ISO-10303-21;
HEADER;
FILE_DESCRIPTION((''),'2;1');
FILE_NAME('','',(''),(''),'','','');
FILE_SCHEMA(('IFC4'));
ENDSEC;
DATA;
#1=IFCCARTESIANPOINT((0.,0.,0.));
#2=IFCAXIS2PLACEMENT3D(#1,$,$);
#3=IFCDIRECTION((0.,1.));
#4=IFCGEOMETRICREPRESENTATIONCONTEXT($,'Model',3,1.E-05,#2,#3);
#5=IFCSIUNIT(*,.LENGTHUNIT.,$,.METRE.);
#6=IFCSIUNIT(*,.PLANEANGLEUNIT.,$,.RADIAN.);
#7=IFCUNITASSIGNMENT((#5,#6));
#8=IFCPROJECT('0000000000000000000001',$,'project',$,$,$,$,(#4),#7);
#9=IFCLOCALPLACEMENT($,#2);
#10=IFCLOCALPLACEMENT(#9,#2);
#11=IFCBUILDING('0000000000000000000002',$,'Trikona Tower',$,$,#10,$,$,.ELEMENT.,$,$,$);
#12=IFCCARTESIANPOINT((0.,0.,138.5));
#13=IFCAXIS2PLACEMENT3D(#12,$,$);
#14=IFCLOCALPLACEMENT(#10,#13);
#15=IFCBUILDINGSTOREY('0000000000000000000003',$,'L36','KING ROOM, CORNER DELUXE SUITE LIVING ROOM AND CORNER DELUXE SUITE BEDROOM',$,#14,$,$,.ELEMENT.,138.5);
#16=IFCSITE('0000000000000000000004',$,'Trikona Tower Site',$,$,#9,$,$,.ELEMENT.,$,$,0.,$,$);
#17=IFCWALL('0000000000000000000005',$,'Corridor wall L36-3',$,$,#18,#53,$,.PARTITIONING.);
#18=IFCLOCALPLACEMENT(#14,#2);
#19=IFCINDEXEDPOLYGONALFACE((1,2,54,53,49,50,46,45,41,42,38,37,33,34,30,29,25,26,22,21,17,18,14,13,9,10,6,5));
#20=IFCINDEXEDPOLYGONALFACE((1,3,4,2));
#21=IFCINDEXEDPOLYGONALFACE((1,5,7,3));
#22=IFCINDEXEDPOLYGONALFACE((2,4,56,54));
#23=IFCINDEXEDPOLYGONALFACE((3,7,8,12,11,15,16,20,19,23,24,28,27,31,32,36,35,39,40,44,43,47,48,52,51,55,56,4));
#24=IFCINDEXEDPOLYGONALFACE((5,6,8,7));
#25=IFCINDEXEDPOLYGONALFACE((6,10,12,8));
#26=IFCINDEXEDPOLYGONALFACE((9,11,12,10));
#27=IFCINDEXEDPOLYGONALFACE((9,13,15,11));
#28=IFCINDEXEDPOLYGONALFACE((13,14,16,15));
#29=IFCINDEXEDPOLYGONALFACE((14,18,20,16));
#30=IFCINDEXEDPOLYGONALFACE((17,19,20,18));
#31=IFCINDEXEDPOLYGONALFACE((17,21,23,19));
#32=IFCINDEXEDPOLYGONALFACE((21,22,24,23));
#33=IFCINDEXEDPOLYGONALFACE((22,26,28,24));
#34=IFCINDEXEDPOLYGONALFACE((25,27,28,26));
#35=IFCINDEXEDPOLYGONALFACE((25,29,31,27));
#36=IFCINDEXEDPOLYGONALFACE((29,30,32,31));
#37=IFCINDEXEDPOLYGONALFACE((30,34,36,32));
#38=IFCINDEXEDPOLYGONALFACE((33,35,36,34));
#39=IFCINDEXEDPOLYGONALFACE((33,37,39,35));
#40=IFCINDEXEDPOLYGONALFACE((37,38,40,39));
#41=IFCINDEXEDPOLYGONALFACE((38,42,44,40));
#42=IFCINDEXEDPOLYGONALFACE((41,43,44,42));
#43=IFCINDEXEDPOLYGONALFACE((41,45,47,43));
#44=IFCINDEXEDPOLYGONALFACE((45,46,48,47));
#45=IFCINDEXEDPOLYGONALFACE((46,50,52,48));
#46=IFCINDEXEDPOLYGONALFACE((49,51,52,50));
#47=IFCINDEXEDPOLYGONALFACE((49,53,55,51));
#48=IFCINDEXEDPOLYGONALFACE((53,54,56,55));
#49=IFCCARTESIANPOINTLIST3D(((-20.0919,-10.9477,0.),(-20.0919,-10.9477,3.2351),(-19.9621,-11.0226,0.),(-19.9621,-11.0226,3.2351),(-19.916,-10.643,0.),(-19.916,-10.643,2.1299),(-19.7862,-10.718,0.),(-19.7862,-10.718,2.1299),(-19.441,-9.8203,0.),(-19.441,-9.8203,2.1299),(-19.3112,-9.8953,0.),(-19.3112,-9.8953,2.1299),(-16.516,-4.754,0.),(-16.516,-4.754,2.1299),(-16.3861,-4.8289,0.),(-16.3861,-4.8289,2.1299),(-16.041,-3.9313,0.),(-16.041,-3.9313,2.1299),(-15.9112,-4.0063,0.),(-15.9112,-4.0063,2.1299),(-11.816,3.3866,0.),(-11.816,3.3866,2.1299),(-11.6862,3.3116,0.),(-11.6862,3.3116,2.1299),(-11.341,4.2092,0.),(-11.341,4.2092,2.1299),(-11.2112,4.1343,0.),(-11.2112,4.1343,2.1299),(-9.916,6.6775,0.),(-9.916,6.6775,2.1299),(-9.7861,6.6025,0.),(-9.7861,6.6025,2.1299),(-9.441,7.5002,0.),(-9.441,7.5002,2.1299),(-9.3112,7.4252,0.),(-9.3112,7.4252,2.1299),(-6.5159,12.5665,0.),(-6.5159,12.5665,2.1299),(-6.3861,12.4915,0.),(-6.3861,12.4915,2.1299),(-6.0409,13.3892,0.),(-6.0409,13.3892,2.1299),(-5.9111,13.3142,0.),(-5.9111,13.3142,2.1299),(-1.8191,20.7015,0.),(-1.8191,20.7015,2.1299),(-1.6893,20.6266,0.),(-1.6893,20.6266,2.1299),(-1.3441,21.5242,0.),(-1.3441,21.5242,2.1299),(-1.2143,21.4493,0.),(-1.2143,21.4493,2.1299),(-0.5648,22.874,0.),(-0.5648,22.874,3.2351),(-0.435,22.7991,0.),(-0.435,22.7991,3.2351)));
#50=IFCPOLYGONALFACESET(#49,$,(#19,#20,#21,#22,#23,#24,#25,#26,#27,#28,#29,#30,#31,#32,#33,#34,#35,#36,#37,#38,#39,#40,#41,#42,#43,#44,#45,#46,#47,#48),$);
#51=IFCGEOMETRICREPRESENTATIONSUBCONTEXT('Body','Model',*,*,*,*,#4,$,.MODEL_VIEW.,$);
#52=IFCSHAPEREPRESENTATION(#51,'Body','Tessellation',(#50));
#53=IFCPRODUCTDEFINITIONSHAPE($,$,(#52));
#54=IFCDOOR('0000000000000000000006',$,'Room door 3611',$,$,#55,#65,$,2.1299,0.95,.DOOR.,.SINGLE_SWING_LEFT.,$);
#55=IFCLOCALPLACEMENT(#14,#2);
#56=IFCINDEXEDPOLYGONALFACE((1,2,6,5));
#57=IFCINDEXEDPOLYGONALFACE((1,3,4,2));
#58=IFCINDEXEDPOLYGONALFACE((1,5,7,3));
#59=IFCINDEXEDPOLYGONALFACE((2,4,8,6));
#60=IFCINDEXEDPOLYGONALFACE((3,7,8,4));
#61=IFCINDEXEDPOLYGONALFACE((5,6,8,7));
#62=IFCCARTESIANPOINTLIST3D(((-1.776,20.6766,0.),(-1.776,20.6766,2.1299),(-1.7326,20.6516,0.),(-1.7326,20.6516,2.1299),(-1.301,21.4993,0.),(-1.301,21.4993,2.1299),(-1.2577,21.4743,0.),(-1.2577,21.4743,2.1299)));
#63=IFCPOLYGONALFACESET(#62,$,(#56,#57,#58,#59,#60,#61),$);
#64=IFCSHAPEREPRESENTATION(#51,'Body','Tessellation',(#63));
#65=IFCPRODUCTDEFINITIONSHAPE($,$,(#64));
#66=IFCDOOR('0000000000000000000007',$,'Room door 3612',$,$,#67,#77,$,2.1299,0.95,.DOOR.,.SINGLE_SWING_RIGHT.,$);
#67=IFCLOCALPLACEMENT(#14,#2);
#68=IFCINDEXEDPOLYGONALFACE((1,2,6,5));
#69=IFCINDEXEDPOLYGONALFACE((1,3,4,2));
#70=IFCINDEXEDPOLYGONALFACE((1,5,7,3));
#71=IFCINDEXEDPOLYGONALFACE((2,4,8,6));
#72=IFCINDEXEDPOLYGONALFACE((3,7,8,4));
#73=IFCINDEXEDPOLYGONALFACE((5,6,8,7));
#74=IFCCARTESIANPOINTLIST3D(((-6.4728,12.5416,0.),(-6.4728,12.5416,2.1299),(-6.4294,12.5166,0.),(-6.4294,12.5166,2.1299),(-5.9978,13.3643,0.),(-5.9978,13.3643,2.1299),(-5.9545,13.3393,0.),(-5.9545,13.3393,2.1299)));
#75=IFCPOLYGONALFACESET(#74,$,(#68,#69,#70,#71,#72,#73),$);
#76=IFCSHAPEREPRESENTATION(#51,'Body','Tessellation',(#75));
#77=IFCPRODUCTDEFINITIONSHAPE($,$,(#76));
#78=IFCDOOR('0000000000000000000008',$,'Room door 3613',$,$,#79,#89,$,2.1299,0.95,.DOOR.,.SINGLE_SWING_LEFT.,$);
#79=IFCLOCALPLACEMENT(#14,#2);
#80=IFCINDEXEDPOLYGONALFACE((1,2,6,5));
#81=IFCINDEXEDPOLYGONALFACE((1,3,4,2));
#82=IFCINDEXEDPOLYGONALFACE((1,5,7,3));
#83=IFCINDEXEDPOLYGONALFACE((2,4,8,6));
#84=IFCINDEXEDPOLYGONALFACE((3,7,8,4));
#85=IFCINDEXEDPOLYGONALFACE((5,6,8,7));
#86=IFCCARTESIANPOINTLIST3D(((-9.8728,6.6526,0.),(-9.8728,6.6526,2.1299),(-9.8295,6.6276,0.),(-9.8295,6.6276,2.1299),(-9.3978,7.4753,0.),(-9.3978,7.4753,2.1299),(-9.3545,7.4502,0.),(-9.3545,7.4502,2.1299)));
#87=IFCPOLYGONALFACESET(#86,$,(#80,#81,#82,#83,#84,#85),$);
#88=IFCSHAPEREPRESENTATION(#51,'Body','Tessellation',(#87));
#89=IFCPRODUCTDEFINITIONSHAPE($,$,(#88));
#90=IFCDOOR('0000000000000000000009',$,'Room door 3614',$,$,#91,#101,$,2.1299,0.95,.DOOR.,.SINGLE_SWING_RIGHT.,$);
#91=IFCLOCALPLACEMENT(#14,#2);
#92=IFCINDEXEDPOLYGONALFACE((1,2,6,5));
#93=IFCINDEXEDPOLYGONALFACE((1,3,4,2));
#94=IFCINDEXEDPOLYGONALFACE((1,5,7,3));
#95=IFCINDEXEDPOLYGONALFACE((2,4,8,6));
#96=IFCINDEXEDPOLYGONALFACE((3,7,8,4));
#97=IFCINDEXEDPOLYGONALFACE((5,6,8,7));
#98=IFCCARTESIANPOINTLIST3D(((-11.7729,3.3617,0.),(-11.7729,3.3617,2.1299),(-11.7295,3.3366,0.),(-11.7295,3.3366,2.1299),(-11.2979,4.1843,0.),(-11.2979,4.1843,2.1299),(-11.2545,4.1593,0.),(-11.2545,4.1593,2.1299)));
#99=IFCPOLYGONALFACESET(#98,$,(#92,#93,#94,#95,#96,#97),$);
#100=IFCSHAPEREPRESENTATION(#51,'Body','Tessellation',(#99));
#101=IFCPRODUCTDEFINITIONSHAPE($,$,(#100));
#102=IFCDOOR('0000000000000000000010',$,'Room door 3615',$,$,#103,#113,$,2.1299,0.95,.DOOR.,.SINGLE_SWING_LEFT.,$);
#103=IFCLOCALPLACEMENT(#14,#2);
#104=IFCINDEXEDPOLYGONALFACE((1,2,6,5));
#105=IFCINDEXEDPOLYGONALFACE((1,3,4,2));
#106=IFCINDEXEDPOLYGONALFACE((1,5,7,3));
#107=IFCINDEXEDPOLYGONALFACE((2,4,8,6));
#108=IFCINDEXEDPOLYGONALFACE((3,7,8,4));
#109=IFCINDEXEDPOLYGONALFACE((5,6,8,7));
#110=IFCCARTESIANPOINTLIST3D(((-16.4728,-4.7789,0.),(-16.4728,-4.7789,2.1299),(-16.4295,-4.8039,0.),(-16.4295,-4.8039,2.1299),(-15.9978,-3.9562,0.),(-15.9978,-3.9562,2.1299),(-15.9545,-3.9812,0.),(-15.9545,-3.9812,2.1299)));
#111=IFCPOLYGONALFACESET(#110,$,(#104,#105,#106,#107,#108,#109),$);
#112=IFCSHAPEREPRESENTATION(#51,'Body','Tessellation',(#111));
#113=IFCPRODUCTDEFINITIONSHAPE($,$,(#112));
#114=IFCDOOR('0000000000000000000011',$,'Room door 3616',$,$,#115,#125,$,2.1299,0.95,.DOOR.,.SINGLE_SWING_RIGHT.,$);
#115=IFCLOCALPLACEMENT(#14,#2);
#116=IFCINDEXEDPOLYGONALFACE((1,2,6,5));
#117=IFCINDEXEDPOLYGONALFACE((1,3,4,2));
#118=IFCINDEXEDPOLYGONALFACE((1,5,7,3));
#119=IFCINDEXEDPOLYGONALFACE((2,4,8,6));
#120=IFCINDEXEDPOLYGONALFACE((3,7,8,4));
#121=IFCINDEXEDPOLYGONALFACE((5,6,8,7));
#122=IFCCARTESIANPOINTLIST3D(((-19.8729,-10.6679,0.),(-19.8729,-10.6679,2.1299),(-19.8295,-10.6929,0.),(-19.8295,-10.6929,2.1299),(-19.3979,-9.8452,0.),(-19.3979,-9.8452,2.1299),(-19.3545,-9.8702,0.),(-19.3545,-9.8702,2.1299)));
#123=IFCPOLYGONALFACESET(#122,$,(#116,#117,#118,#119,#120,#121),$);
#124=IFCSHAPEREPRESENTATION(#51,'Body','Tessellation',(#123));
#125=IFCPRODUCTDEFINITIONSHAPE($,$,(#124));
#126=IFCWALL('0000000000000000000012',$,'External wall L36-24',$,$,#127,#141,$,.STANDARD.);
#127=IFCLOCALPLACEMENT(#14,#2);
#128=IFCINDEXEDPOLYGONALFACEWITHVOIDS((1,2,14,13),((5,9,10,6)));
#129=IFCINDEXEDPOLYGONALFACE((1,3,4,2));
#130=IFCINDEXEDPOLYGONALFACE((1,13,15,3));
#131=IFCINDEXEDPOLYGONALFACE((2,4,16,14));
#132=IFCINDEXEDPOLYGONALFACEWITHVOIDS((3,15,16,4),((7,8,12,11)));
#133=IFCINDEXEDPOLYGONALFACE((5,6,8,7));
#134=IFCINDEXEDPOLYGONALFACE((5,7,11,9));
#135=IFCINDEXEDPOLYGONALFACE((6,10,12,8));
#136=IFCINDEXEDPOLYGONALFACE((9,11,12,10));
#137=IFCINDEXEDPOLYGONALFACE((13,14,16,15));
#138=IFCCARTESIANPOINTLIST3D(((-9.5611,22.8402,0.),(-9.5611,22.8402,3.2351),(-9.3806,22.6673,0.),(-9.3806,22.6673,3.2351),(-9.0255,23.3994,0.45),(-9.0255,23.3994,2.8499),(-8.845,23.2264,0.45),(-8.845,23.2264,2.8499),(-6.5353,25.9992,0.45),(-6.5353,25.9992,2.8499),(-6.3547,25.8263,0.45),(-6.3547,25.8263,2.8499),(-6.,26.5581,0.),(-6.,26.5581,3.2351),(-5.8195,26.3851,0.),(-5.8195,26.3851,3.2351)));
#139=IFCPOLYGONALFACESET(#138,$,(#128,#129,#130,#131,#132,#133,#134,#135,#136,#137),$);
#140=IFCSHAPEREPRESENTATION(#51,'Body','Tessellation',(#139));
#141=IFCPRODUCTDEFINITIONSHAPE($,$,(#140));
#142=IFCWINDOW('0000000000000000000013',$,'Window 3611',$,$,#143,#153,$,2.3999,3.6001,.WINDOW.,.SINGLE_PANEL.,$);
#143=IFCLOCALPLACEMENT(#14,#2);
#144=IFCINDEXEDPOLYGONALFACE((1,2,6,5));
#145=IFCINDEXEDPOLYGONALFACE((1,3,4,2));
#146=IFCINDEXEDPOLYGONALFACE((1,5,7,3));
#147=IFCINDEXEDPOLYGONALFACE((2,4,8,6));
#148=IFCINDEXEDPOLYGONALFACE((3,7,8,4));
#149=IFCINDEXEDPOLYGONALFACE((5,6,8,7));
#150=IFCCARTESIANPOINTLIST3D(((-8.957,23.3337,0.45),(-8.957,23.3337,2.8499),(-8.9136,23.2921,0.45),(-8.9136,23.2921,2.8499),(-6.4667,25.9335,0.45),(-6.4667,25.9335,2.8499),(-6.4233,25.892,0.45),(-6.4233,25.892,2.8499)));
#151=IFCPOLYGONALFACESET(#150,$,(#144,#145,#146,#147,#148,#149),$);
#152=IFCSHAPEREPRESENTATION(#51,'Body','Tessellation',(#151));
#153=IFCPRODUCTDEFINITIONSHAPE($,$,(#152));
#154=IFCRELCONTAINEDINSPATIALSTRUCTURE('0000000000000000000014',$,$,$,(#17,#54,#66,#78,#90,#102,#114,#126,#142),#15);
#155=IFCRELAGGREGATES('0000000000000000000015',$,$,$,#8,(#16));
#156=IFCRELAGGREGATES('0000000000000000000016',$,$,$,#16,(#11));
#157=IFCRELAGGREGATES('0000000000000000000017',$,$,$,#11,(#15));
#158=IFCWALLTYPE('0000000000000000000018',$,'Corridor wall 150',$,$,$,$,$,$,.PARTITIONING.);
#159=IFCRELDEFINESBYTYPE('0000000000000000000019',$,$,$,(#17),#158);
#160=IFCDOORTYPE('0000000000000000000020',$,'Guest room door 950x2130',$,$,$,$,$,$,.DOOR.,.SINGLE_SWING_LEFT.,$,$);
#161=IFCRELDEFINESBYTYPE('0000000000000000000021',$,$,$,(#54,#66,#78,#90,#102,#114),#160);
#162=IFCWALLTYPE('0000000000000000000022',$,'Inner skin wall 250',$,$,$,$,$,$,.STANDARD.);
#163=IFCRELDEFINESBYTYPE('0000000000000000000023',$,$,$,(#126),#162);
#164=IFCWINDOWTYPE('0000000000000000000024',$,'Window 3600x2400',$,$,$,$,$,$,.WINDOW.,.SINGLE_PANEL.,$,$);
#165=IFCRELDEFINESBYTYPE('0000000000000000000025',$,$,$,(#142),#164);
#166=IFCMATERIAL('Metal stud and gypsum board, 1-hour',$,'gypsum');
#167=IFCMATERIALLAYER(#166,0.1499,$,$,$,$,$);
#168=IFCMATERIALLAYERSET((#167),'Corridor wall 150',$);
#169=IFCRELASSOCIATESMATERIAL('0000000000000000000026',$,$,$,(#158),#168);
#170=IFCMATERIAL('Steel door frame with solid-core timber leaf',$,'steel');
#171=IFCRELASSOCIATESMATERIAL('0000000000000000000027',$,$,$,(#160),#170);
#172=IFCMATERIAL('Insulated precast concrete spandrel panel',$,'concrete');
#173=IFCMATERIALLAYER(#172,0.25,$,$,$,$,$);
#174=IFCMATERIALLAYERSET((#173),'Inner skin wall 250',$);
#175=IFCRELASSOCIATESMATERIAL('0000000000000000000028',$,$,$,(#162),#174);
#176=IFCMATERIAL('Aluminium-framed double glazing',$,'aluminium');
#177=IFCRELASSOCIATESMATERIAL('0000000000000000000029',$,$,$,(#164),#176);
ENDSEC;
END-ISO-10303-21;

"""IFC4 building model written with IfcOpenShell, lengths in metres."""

from ifc_helpers import new_model, si_unit, direction, frame, frame_2d, origin, place, context, subcontext, project, spatial, rectangle, extrude, material, layer, layer_set, type_object, element, fill, save


model = new_model("IFC4")

# Units and contexts
model_context = context("Model", 3, precision=1e-05, world=origin(), true_north=direction((0.0, 1.0)))
body_context = subcontext(model_context, "Body", "Model", "MODEL_VIEW")
ifc_project = project(units=[si_unit("LENGTHUNIT", "METRE"), si_unit("PLANEANGLEUNIT", "RADIAN")], contexts=[model_context])

# Site, building, storey
site_placement = place(None, origin())
site = spatial("IfcSite", under=ifc_project, at=site_placement, Name="Trikona Tower Site", CompositionType="ELEMENT", RefElevation=0.0)
building_placement = place(site_placement, origin())
building = spatial("IfcBuilding", under=site, at=building_placement, Name="Trikona Tower", CompositionType="ELEMENT")
storey_placement = place(building_placement, frame((0.0, 0.0, 138.5)))
storey = spatial("IfcBuildingStorey", under=building, at=storey_placement, Name="L36", Description="KING ROOM, CORNER DELUXE SUITE LIVING ROOM AND CORNER DELUXE SUITE BEDROOM", CompositionType="ELEMENT", Elevation=138.5)

# Wall, openings, doors
ifc_material_1 = material(Name="Metal stud and gypsum board, 1-hour", Category="gypsum")
ifc_layer_1 = layer(ifc_material_1, 0.1499)
ifc_layer_set_1 = layer_set([ifc_layer_1], Name="Corridor wall 150")
wall_type_1 = type_object("IfcWallType", Name="Corridor wall 150", PredefinedType="PARTITIONING", material=ifc_layer_set_1)
wall_1_placement = place(storey_placement, frame((-0.5, 22.8364, 0.0), z_axis=(0.0, 0.0, 1.0), x_axis=(-0.500002, -0.866024, 0.0)))
wall_1 = element("IfcWall", 1, at=wall_1_placement, inside=storey, type_object=wall_type_1, Name="Corridor wall L36-3", PredefinedType="PARTITIONING", context=body_context, shape_type="SweptSolid", body=[
    extrude(rectangle(XDim=39.054, YDim=0.1499, at=frame_2d((19.5269, 0.0))), origin(), (0.0, 0.0, 1.0), 3.2351),
])
opening_1_placement = place(wall_1_placement, frame((1.5583, 0.0, 0.0)))
opening_1 = element("IfcOpeningElement", 2, at=opening_1_placement, cuts=wall_1, PredefinedType="OPENING", context=body_context, shape_type="SweptSolid", body=[
    extrude(rectangle(XDim=0.95, YDim=2.1299, at=frame_2d((0.4751, 1.0649))), frame((0.0, 0.085, 0.0), z_axis=(0.0, -1.0, 0.0), x_axis=(1.0, 0.0, 0.0)), (0.0, 0.0, 1.0), 0.1699),
])
opening_2_placement = place(wall_1_placement, frame((10.9519, 0.0, 0.0)))
opening_2 = element("IfcOpeningElement", 3, at=opening_2_placement, cuts=wall_1, PredefinedType="OPENING", context=body_context, shape_type="SweptSolid", body=[
    extrude(rectangle(XDim=0.95, YDim=2.1299, at=frame_2d((0.4751, 1.0649))), frame((0.0, 0.085, 0.0), z_axis=(0.0, -1.0, 0.0), x_axis=(1.0, 0.0, 0.0)), (0.0, 0.0, 1.0), 0.1699),
])
opening_3_placement = place(wall_1_placement, frame((17.752, 0.0, 0.0)))
opening_3 = element("IfcOpeningElement", 4, at=opening_3_placement, cuts=wall_1, PredefinedType="OPENING", context=body_context, shape_type="SweptSolid", body=[
    extrude(rectangle(XDim=0.95, YDim=2.1299, at=frame_2d((0.4751, 1.0649))), frame((0.0, 0.085, 0.0), z_axis=(0.0, -1.0, 0.0), x_axis=(1.0, 0.0, 0.0)), (0.0, 0.0, 1.0), 0.1699),
])
opening_4_placement = place(wall_1_placement, frame((21.552, 0.0, 0.0)))
opening_4 = element("IfcOpeningElement", 5, at=opening_4_placement, cuts=wall_1, PredefinedType="OPENING", context=body_context, shape_type="SweptSolid", body=[
    extrude(rectangle(XDim=0.95, YDim=2.1299, at=frame_2d((0.4751, 1.0649))), frame((0.0, 0.085, 0.0), z_axis=(0.0, -1.0, 0.0), x_axis=(1.0, 0.0, 0.0)), (0.0, 0.0, 1.0), 0.1699),
])
opening_5_placement = place(wall_1_placement, frame((30.9519, 0.0, 0.0)))
opening_5 = element("IfcOpeningElement", 6, at=opening_5_placement, cuts=wall_1, PredefinedType="OPENING", context=body_context, shape_type="SweptSolid", body=[
    extrude(rectangle(XDim=0.95, YDim=2.1299, at=frame_2d((0.4751, 1.0649))), frame((0.0, 0.085, 0.0), z_axis=(0.0, -1.0, 0.0), x_axis=(1.0, 0.0, 0.0)), (0.0, 0.0, 1.0), 0.1699),
])
opening_6_placement = place(wall_1_placement, frame((37.752, 0.0, 0.0)))
opening_6 = element("IfcOpeningElement", 7, at=opening_6_placement, cuts=wall_1, PredefinedType="OPENING", context=body_context, shape_type="SweptSolid", body=[
    extrude(rectangle(XDim=0.95, YDim=2.1299, at=frame_2d((0.4751, 1.0649))), frame((0.0, 0.085, 0.0), z_axis=(0.0, -1.0, 0.0), x_axis=(1.0, 0.0, 0.0)), (0.0, 0.0, 1.0), 0.1699),
])
ifc_material_2 = material(Name="Steel door frame with solid-core timber leaf", Category="steel")
door_type = type_object("IfcDoorType", Name="Guest room door 950x2130", OperationType="SINGLE_SWING_LEFT", PredefinedType="DOOR", material=ifc_material_2)
door_1_placement = place(opening_1_placement, origin())
door_1 = element("IfcDoor", 8, at=door_1_placement, inside=storey, type_object=door_type, Name="Room door 3611", OperationType="SINGLE_SWING_LEFT", OverallHeight=2.1299, OverallWidth=0.95, PredefinedType="DOOR", context=body_context, shape_type="SweptSolid", body=[
    extrude(rectangle(XDim=0.95, YDim=2.1299, at=frame_2d((0.4751, 1.0649))), frame((0.0, 0.0249, 0.0), z_axis=(0.0, -1.0, 0.0), x_axis=(1.0, 0.0, 0.0)), (0.0, 0.0, 1.0), 0.05),
])
fill(opening_1, door_1)
door_2_placement = place(opening_2_placement, origin())
door_2 = element("IfcDoor", 9, at=door_2_placement, inside=storey, type_object=door_type, Name="Room door 3612", OperationType="SINGLE_SWING_RIGHT", OverallHeight=2.1299, OverallWidth=0.95, PredefinedType="DOOR", context=body_context, shape_type="SweptSolid", body=[
    extrude(rectangle(XDim=0.95, YDim=2.1299, at=frame_2d((0.4751, 1.0649))), frame((0.0, 0.0249, 0.0), z_axis=(0.0, -1.0, 0.0), x_axis=(1.0, 0.0, 0.0)), (0.0, 0.0, 1.0), 0.05),
])
fill(opening_2, door_2)
door_3_placement = place(opening_3_placement, origin())
door_3 = element("IfcDoor", 10, at=door_3_placement, inside=storey, type_object=door_type, Name="Room door 3613", OperationType="SINGLE_SWING_LEFT", OverallHeight=2.1299, OverallWidth=0.95, PredefinedType="DOOR", context=body_context, shape_type="SweptSolid", body=[
    extrude(rectangle(XDim=0.95, YDim=2.1299, at=frame_2d((0.4751, 1.0649))), frame((0.0, 0.0249, 0.0), z_axis=(0.0, -1.0, 0.0), x_axis=(1.0, 0.0, 0.0)), (0.0, 0.0, 1.0), 0.05),
])
fill(opening_3, door_3)
door_4_placement = place(opening_4_placement, origin())
door_4 = element("IfcDoor", 11, at=door_4_placement, inside=storey, type_object=door_type, Name="Room door 3614", OperationType="SINGLE_SWING_RIGHT", OverallHeight=2.1299, OverallWidth=0.95, PredefinedType="DOOR", context=body_context, shape_type="SweptSolid", body=[
    extrude(rectangle(XDim=0.95, YDim=2.1299, at=frame_2d((0.4751, 1.0649))), frame((0.0, 0.0249, 0.0), z_axis=(0.0, -1.0, 0.0), x_axis=(1.0, 0.0, 0.0)), (0.0, 0.0, 1.0), 0.05),
])
fill(opening_4, door_4)
door_5_placement = place(opening_5_placement, origin())
door_5 = element("IfcDoor", 12, at=door_5_placement, inside=storey, type_object=door_type, Name="Room door 3615", OperationType="SINGLE_SWING_LEFT", OverallHeight=2.1299, OverallWidth=0.95, PredefinedType="DOOR", context=body_context, shape_type="SweptSolid", body=[
    extrude(rectangle(XDim=0.95, YDim=2.1299, at=frame_2d((0.4751, 1.0649))), frame((0.0, 0.0249, 0.0), z_axis=(0.0, -1.0, 0.0), x_axis=(1.0, 0.0, 0.0)), (0.0, 0.0, 1.0), 0.05),
])
fill(opening_5, door_5)
door_6_placement = place(opening_6_placement, origin())
door_6 = element("IfcDoor", 13, at=door_6_placement, inside=storey, type_object=door_type, Name="Room door 3616", OperationType="SINGLE_SWING_RIGHT", OverallHeight=2.1299, OverallWidth=0.95, PredefinedType="DOOR", context=body_context, shape_type="SweptSolid", body=[
    extrude(rectangle(XDim=0.95, YDim=2.1299, at=frame_2d((0.4751, 1.0649))), frame((0.0, 0.0249, 0.0), z_axis=(0.0, -1.0, 0.0), x_axis=(1.0, 0.0, 0.0)), (0.0, 0.0, 1.0), 0.05),
])
fill(opening_6, door_6)

# Wall, opening, window
ifc_material_3 = material(Name="Insulated precast concrete spandrel panel", Category="concrete")
ifc_layer_2 = layer(ifc_material_3, 0.25)
ifc_layer_set_2 = layer_set([ifc_layer_2], Name="Inner skin wall 250")
wall_type_2 = type_object("IfcWallType", Name="Inner skin wall 250", PredefinedType="STANDARD", material=ifc_layer_set_2)
wall_2_placement = place(storey_placement, frame((-5.9097, 26.4717, 0.0), z_axis=(0.0, 0.0, 1.0), x_axis=(-0.69172, -0.722166, 0.0)))
wall_2 = element("IfcWall", 14, at=wall_2_placement, inside=storey, type_object=wall_type_2, Name="External wall L36-24", PredefinedType="STANDARD", context=body_context, shape_type="SweptSolid", body=[
    extrude(rectangle(XDim=5.1482, YDim=0.25, at=frame_2d((2.5742, 0.0))), origin(), (0.0, 0.0, 1.0), 3.2351),
])
opening_7_placement = place(wall_2_placement, frame((0.7739, 0.0, 0.45)))
opening_7 = element("IfcOpeningElement", 15, at=opening_7_placement, cuts=wall_2, PredefinedType="OPENING", context=body_context, shape_type="SweptSolid", body=[
    extrude(rectangle(XDim=3.6001, YDim=2.3999, at=frame_2d((1.8, 1.2))), frame((0.0, 0.135, 0.0), z_axis=(0.0, -1.0, 0.0), x_axis=(1.0, 0.0, 0.0)), (0.0, 0.0, 1.0), 0.27),
])
ifc_material_4 = material(Name="Aluminium-framed double glazing", Category="aluminium")
window_type_1 = type_object("IfcWindowType", Name="Window 3600x2400", PartitioningType="SINGLE_PANEL", PredefinedType="WINDOW", material=ifc_material_4)
window_1_placement = place(opening_7_placement, origin())
window_1 = element("IfcWindow", 16, at=window_1_placement, inside=storey, type_object=window_type_1, Name="Window 3611", OverallHeight=2.3999, OverallWidth=3.6001, PartitioningType="SINGLE_PANEL", PredefinedType="WINDOW", context=body_context, shape_type="SweptSolid", body=[
    extrude(rectangle(XDim=3.6001, YDim=2.3999, at=frame_2d((1.8, 1.2))), frame((0.0, 0.03, 0.0), z_axis=(0.0, -1.0, 0.0), x_axis=(1.0, 0.0, 0.0)), (0.0, 0.0, 1.0), 0.0601),
])
fill(opening_7, window_1)

save(model, "model.ifc")
